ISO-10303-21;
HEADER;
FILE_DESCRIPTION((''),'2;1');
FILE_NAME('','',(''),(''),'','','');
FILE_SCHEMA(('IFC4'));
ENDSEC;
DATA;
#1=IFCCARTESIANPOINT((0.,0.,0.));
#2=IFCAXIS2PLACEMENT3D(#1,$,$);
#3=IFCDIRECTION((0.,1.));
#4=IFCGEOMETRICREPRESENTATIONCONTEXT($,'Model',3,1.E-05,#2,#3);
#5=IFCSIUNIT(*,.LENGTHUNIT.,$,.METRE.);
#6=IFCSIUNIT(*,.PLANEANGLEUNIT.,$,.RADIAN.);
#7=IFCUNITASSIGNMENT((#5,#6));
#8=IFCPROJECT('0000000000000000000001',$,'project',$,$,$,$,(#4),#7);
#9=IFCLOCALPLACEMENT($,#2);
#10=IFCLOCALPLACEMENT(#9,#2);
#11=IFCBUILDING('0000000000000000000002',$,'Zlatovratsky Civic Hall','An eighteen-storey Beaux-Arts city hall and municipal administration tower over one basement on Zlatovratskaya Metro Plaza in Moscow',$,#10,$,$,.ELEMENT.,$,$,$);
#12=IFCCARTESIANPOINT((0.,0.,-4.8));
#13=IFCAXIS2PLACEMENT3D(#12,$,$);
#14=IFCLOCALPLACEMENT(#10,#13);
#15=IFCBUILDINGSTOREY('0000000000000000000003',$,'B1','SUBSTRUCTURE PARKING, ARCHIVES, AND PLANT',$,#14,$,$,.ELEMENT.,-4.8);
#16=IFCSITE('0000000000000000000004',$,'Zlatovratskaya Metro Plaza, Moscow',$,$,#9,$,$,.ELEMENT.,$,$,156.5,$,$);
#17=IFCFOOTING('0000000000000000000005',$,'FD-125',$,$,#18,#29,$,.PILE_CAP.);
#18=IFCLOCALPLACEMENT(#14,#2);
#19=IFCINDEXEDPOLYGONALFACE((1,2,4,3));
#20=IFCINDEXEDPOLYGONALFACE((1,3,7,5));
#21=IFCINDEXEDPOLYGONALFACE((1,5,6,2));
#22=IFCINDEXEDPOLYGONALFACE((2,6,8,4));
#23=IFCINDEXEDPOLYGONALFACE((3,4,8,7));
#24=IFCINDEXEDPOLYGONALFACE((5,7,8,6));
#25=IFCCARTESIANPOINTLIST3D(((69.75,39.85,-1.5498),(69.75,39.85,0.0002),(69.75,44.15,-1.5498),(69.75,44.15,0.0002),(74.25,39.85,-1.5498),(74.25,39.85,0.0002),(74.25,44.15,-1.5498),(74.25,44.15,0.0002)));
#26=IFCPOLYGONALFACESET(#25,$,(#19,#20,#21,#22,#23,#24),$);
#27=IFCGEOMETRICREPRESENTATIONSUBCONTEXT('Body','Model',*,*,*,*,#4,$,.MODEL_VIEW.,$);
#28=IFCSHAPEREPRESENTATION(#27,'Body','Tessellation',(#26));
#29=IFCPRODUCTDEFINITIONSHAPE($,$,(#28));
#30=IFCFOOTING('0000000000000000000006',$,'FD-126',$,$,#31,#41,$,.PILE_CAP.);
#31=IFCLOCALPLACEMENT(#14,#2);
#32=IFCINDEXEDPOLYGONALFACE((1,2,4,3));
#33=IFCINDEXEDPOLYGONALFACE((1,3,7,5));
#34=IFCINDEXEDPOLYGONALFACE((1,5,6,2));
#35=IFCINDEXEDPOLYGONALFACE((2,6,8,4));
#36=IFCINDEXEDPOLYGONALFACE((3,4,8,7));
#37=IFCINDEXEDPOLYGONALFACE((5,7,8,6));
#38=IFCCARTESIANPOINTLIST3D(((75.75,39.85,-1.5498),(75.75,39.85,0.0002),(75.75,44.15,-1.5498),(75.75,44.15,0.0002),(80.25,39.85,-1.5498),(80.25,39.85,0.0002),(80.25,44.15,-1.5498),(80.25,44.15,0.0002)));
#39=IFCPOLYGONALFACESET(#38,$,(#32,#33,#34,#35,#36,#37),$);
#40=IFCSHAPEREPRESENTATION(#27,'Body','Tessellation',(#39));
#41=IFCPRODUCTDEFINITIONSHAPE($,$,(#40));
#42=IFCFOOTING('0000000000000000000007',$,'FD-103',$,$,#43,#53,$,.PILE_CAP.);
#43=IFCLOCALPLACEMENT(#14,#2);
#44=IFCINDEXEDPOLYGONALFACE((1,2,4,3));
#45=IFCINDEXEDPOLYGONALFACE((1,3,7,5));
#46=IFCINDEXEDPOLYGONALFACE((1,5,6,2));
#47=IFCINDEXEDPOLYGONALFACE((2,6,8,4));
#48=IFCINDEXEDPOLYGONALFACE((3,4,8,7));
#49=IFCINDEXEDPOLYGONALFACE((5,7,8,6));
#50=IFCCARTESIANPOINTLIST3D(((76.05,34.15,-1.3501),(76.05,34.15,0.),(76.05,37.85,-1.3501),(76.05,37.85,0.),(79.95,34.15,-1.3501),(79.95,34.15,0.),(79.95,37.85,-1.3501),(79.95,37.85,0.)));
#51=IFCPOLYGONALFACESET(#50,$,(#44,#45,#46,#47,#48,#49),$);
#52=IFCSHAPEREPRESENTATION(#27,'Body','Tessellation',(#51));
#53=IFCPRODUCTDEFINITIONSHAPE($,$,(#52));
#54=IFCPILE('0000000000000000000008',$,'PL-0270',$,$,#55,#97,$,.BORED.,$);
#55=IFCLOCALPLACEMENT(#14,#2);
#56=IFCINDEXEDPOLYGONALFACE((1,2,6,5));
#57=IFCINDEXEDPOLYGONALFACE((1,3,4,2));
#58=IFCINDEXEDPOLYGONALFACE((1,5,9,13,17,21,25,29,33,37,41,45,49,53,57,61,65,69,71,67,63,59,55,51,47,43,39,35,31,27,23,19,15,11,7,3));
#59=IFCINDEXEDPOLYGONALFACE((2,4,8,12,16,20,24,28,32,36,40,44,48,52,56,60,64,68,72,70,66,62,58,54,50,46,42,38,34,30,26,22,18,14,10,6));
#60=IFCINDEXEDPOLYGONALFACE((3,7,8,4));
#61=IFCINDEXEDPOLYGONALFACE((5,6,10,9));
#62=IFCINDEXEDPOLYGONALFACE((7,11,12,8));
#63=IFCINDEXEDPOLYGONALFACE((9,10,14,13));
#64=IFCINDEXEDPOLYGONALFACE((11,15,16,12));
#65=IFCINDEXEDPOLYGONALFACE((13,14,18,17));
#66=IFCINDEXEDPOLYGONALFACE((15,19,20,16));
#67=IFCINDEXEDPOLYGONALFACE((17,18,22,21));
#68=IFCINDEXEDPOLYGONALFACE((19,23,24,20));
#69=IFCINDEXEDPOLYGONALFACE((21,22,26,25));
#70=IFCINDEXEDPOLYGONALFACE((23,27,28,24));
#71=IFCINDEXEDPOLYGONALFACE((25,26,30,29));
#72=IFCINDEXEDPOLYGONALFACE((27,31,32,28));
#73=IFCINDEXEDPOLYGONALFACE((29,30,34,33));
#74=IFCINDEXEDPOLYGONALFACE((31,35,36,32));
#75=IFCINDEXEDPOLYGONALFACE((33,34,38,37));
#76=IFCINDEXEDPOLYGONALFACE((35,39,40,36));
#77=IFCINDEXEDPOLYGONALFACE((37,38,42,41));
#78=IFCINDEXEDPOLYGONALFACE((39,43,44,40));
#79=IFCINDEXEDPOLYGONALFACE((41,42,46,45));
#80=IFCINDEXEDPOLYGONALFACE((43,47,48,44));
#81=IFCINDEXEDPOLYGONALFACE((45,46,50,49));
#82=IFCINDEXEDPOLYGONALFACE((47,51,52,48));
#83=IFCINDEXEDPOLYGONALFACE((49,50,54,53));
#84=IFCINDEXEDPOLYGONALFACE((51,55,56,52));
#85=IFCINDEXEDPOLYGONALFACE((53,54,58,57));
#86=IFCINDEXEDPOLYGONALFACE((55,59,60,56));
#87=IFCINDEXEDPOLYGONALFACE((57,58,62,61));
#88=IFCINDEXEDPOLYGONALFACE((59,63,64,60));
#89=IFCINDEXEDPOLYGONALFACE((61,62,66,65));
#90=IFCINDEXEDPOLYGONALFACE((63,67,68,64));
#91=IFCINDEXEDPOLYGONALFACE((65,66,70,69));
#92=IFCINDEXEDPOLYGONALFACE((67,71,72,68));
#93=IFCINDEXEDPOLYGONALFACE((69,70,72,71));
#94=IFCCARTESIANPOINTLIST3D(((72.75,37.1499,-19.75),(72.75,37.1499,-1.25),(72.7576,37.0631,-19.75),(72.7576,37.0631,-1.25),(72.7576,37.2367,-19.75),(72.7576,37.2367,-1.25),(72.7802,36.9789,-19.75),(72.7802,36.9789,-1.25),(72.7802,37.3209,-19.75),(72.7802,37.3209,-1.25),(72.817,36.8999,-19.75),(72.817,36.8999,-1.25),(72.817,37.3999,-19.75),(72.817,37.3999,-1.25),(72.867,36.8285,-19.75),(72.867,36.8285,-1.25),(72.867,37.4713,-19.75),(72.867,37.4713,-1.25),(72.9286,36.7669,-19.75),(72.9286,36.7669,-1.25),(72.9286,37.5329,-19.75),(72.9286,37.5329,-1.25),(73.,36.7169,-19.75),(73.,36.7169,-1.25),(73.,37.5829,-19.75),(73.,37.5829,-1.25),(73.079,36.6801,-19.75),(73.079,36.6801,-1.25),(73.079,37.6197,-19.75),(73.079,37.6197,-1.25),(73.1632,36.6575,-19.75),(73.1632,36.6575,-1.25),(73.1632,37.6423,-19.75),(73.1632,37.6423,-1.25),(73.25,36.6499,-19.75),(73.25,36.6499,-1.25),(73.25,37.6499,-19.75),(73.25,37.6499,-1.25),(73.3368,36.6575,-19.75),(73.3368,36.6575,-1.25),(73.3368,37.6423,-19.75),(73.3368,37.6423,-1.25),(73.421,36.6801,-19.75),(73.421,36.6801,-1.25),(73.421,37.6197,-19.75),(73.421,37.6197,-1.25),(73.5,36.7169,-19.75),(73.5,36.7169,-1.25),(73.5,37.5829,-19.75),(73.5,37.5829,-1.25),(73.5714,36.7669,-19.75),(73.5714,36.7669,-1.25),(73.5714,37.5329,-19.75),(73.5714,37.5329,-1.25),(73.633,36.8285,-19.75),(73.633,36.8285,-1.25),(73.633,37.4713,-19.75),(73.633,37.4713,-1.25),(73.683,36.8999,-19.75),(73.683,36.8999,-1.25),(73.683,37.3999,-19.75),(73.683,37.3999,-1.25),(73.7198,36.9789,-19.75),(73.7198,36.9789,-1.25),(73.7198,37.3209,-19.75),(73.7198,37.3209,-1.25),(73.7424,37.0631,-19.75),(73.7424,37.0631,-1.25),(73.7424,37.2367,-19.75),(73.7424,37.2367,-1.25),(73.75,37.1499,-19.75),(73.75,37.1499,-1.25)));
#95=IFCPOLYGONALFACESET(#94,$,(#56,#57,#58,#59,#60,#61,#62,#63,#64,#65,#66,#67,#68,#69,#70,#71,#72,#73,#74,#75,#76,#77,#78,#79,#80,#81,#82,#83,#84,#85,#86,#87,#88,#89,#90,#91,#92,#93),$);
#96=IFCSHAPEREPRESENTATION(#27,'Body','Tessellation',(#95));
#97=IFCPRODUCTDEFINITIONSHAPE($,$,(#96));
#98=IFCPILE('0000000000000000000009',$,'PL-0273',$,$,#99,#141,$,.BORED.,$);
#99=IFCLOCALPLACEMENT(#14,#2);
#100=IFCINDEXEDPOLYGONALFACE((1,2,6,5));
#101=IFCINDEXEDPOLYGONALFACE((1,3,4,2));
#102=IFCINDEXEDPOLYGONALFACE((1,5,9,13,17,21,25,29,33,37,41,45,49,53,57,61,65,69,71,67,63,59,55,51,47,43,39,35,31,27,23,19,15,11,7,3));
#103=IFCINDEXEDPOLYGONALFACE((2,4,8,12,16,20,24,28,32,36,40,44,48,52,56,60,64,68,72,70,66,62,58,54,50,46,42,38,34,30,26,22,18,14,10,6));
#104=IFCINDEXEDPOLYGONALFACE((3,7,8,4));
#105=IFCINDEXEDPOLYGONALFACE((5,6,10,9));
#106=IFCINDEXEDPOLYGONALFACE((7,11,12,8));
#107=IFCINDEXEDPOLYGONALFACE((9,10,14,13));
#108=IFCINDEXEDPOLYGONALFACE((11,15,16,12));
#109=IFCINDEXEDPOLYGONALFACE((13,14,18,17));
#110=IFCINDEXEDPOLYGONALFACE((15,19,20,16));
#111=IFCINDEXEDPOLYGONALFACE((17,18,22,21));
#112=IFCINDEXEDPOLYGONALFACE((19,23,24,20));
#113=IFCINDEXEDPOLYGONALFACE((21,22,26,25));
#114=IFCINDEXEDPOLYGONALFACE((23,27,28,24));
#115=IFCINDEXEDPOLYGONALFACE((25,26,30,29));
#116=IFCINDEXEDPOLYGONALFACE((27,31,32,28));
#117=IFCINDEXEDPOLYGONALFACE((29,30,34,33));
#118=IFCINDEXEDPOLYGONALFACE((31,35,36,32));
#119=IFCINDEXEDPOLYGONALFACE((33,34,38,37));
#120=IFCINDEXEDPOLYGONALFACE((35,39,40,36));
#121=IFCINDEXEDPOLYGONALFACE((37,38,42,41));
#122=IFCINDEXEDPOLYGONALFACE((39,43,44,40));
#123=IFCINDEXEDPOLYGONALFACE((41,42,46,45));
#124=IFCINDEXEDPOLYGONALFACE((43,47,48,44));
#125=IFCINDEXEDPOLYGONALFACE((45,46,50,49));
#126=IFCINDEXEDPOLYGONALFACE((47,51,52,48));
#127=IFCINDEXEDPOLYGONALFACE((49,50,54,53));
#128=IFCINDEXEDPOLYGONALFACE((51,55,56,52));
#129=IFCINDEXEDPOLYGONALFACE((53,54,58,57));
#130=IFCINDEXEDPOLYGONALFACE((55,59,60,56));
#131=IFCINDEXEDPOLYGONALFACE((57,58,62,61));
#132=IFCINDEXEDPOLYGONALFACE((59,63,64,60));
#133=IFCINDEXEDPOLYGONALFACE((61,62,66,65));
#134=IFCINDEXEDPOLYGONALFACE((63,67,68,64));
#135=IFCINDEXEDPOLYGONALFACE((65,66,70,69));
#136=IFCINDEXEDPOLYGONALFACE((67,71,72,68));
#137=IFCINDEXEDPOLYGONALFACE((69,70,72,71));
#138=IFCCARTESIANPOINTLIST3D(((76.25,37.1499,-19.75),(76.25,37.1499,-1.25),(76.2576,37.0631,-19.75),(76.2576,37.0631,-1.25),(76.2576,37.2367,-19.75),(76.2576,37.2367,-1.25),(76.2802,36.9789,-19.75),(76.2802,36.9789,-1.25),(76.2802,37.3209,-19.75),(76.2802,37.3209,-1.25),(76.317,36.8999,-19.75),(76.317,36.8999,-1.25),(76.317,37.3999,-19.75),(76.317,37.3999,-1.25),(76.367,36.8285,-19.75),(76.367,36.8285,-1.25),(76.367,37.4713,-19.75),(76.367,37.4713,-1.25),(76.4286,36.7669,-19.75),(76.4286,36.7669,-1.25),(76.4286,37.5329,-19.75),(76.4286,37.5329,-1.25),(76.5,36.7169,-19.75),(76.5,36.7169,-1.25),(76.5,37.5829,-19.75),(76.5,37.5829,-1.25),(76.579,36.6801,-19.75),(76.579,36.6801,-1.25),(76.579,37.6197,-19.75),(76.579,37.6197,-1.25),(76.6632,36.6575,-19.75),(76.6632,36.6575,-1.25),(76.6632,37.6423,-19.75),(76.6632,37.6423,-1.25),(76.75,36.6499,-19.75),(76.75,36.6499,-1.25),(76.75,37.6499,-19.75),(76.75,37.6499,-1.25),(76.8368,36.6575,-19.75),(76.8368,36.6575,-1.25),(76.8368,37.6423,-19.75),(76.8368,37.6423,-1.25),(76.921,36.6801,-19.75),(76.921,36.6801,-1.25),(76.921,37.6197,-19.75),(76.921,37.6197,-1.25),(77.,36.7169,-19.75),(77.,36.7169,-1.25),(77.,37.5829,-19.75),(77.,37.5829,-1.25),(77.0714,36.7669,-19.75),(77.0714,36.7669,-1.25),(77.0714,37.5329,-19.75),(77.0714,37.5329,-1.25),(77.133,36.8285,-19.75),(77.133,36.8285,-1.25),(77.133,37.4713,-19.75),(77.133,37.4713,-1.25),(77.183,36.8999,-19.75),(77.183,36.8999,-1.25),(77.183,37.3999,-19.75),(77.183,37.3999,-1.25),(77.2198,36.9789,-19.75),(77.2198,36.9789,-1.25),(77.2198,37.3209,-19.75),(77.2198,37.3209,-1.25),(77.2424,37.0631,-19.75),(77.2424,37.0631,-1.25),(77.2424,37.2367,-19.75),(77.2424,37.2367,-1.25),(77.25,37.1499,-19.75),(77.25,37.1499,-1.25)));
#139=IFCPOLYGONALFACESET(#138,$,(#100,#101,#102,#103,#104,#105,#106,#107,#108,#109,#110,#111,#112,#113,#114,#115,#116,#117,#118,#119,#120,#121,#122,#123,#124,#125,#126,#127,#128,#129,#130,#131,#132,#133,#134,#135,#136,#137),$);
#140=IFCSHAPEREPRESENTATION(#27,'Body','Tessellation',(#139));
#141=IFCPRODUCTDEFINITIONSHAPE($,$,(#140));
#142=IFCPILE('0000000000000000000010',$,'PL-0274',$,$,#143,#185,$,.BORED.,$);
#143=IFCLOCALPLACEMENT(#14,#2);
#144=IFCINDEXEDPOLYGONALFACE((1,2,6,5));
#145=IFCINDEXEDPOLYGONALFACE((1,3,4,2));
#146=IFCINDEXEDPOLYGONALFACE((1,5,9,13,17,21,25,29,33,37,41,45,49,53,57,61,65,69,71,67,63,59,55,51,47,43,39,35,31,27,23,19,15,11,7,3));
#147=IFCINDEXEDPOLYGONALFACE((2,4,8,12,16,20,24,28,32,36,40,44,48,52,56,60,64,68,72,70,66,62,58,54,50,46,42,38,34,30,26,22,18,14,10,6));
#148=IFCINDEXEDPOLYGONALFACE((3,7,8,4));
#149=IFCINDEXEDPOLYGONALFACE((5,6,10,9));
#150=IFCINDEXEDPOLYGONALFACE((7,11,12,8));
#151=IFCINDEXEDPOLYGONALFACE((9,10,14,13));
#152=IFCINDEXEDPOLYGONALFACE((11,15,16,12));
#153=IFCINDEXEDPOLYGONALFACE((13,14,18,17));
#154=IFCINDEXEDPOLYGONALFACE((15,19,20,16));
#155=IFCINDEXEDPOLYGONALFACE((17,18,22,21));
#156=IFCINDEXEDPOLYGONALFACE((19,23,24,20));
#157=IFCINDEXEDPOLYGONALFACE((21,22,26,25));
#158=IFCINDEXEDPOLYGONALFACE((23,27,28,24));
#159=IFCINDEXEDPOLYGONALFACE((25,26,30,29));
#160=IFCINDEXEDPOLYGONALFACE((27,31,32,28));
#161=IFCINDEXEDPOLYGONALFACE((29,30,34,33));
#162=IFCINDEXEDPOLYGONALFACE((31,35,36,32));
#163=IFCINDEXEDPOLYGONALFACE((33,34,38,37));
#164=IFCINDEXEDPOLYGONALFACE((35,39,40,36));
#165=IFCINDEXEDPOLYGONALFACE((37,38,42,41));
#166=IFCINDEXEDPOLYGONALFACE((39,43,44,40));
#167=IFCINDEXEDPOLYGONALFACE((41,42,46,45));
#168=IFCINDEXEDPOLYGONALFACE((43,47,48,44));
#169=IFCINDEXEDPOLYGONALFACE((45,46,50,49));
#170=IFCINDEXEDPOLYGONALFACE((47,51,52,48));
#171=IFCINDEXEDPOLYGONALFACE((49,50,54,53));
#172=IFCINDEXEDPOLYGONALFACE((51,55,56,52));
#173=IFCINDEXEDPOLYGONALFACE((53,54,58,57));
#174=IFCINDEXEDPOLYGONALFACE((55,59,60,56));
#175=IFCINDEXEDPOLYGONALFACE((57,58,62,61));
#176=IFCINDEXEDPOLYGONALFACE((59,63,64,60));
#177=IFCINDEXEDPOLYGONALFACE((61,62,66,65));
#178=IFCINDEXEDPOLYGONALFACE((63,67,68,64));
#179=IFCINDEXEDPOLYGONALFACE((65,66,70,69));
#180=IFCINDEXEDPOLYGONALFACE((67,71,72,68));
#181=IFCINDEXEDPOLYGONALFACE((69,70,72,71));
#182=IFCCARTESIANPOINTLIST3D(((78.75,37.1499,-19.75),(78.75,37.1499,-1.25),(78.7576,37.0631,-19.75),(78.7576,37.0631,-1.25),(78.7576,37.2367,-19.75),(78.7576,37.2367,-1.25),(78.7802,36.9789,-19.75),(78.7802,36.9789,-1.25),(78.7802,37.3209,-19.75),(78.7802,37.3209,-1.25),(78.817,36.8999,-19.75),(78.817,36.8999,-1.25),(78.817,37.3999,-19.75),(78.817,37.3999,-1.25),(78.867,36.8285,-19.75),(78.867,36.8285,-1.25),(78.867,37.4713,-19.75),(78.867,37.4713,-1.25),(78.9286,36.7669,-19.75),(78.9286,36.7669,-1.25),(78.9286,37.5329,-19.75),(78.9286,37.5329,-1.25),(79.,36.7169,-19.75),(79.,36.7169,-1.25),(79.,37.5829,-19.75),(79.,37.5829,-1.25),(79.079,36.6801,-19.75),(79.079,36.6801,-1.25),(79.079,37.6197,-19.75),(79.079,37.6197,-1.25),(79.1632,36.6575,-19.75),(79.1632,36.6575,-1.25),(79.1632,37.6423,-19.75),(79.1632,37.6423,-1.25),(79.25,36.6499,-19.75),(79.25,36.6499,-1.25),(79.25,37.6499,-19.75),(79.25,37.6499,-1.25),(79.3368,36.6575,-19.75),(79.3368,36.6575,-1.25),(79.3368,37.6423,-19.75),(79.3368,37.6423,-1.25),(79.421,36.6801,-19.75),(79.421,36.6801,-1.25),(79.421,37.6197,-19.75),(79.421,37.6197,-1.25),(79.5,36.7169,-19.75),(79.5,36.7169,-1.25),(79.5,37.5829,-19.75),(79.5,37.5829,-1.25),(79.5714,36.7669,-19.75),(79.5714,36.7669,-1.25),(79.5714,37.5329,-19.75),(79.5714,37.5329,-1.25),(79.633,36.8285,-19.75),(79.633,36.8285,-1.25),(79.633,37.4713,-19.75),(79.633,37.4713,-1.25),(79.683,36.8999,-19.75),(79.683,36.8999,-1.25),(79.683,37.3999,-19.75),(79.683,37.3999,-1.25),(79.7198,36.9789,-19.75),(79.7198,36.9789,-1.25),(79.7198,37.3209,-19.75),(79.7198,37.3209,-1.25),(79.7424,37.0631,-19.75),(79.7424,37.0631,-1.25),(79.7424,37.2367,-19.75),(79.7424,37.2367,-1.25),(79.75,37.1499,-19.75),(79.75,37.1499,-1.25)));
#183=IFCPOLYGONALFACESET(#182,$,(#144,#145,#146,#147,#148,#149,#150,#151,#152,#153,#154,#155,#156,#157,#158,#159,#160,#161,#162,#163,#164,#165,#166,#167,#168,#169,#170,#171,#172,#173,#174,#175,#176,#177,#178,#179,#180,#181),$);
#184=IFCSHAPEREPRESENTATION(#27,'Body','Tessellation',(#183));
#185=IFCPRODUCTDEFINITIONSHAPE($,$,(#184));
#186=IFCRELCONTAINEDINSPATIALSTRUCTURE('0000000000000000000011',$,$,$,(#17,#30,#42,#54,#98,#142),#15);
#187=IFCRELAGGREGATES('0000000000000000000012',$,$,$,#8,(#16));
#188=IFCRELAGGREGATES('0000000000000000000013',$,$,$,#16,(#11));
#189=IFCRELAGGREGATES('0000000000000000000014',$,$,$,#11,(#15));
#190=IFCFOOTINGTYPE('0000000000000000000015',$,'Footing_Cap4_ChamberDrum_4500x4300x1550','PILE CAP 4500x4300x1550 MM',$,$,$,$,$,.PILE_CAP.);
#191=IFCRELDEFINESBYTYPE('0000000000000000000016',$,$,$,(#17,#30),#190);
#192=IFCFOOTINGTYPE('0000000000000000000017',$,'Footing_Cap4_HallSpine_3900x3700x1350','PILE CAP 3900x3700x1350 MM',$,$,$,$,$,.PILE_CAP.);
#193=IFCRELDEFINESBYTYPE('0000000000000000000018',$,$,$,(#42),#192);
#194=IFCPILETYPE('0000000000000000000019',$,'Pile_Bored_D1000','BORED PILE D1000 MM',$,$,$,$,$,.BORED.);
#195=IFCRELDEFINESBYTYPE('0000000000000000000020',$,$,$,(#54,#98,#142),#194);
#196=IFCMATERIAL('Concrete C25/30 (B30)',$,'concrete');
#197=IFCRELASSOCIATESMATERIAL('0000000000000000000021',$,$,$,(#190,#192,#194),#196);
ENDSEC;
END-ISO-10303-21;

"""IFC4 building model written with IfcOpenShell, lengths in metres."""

from ifc_helpers import new_model, si_unit, direction, frame, origin, origin_2d, place, context, subcontext, project, spatial, rectangle, circle, extrude, material, material_profile, profile_set, type_object, element, save


model = new_model("IFC4")

# Units and contexts
model_context = context("Model", 3, precision=1e-05, world=origin(), true_north=direction((0.0, 1.0)))
body_context = subcontext(model_context, "Body", "Model", "MODEL_VIEW")
ifc_project = project(units=[si_unit("LENGTHUNIT", "METRE"), si_unit("PLANEANGLEUNIT", "RADIAN")], contexts=[model_context])

# Site, building, storey
site_placement = place(None, origin())
site = spatial("IfcSite", under=ifc_project, at=site_placement, Name="Zlatovratskaya Metro Plaza, Moscow", CompositionType="ELEMENT", RefElevation=156.5)
building_placement = place(site_placement, origin())
building = spatial("IfcBuilding", under=site, at=building_placement, Name="Zlatovratsky Civic Hall", Description="An eighteen-storey Beaux-Arts city hall and municipal administration tower over one basement on Zlatovratskaya Metro Plaza in Moscow", CompositionType="ELEMENT")
storey_placement = place(building_placement, frame((0.0, 0.0, -4.8)))
storey = spatial("IfcBuildingStorey", under=building, at=storey_placement, Name="B1", Description="SUBSTRUCTURE PARKING, ARCHIVES, AND PLANT", CompositionType="ELEMENT", Elevation=-4.8)

# Footings
ifc_material_1 = material(Name="Concrete C25/30 (B30)", Category="concrete")
footing_type_1 = type_object("IfcFootingType", Name="Footing_Cap4_ChamberDrum_4500x4300x1550", Description="PILE CAP 4500x4300x1550 MM", PredefinedType="PILE_CAP", material=ifc_material_1)
for number, where, z_axis, x_axis, name in (
    (1, (72.0, 42.0, -1.5498), (0.0, 0.0, 1.0), (1.0, 0.0, 0.0), "FD-125"),
    (2, (78.0, 42.0, -1.5498), (0.0, 0.0, 1.0), (1.0, 0.0, 0.0), "FD-126"),
):
    element("IfcFooting", number, at=place(storey_placement, frame(where, z_axis=z_axis, x_axis=x_axis)), inside=storey, type_object=footing_type_1, Name=name, PredefinedType="PILE_CAP", context=body_context, shape_type="SweptSolid", body=[
        extrude(rectangle(XDim=4.5, YDim=4.3, at=origin_2d()), origin(), (0.0, 0.0, 1.0), 1.55),
    ])
footing_type_2 = type_object("IfcFootingType", Name="Footing_Cap4_HallSpine_3900x3700x1350", Description="PILE CAP 3900x3700x1350 MM", PredefinedType="PILE_CAP", material=ifc_material_1)
footing_placement = place(storey_placement, frame((78.0, 36.0, -1.3501), z_axis=(0.0, 0.0, 1.0), x_axis=(1.0, 0.0, 0.0)))
element("IfcFooting", 3, at=footing_placement, inside=storey, type_object=footing_type_2, Name="FD-103", PredefinedType="PILE_CAP", context=body_context, shape_type="SweptSolid", body=[
    extrude(rectangle(XDim=3.8999, YDim=3.7, at=origin_2d()), origin(), (0.0, 0.0, 1.0), 1.3501),
])

# Piles
ifc_material_profile_1 = material_profile(ifc_material_1, circle(Radius=0.5, at=origin_2d()), Name="PILE D1000")
ifc_profile_set_1 = profile_set([ifc_material_profile_1], Name="Concrete C25/30 (B30)")
pile_type_1 = type_object("IfcPileType", Name="Pile_Bored_D1000", Description="BORED PILE D1000 MM", PredefinedType="BORED", material=ifc_profile_set_1)
for number, where, z_axis, x_axis, name in (
    (4, (73.25, 37.1499, -1.25), (0.0, 0.0, -1.0), (1.0, 0.0, 0.0), "PL-0270"),
    (5, (76.75, 37.1499, -1.25), (0.0, 0.0, -1.0), (1.0, 0.0, 0.0), "PL-0273"),
    (6, (79.25, 37.1499, -1.25), (0.0, 0.0, -1.0), (1.0, 0.0, 0.0), "PL-0274"),
):
    element("IfcPile", number, at=place(storey_placement, frame(where, z_axis=z_axis, x_axis=x_axis)), inside=storey, type_object=pile_type_1, Name=name, PredefinedType="BORED", context=body_context, shape_type="SweptSolid", body=[
        extrude(circle(Radius=0.5, at=origin_2d()), origin(), (0.0, 0.0, 1.0), 18.5),
    ])

save(model, "model.ifc")
